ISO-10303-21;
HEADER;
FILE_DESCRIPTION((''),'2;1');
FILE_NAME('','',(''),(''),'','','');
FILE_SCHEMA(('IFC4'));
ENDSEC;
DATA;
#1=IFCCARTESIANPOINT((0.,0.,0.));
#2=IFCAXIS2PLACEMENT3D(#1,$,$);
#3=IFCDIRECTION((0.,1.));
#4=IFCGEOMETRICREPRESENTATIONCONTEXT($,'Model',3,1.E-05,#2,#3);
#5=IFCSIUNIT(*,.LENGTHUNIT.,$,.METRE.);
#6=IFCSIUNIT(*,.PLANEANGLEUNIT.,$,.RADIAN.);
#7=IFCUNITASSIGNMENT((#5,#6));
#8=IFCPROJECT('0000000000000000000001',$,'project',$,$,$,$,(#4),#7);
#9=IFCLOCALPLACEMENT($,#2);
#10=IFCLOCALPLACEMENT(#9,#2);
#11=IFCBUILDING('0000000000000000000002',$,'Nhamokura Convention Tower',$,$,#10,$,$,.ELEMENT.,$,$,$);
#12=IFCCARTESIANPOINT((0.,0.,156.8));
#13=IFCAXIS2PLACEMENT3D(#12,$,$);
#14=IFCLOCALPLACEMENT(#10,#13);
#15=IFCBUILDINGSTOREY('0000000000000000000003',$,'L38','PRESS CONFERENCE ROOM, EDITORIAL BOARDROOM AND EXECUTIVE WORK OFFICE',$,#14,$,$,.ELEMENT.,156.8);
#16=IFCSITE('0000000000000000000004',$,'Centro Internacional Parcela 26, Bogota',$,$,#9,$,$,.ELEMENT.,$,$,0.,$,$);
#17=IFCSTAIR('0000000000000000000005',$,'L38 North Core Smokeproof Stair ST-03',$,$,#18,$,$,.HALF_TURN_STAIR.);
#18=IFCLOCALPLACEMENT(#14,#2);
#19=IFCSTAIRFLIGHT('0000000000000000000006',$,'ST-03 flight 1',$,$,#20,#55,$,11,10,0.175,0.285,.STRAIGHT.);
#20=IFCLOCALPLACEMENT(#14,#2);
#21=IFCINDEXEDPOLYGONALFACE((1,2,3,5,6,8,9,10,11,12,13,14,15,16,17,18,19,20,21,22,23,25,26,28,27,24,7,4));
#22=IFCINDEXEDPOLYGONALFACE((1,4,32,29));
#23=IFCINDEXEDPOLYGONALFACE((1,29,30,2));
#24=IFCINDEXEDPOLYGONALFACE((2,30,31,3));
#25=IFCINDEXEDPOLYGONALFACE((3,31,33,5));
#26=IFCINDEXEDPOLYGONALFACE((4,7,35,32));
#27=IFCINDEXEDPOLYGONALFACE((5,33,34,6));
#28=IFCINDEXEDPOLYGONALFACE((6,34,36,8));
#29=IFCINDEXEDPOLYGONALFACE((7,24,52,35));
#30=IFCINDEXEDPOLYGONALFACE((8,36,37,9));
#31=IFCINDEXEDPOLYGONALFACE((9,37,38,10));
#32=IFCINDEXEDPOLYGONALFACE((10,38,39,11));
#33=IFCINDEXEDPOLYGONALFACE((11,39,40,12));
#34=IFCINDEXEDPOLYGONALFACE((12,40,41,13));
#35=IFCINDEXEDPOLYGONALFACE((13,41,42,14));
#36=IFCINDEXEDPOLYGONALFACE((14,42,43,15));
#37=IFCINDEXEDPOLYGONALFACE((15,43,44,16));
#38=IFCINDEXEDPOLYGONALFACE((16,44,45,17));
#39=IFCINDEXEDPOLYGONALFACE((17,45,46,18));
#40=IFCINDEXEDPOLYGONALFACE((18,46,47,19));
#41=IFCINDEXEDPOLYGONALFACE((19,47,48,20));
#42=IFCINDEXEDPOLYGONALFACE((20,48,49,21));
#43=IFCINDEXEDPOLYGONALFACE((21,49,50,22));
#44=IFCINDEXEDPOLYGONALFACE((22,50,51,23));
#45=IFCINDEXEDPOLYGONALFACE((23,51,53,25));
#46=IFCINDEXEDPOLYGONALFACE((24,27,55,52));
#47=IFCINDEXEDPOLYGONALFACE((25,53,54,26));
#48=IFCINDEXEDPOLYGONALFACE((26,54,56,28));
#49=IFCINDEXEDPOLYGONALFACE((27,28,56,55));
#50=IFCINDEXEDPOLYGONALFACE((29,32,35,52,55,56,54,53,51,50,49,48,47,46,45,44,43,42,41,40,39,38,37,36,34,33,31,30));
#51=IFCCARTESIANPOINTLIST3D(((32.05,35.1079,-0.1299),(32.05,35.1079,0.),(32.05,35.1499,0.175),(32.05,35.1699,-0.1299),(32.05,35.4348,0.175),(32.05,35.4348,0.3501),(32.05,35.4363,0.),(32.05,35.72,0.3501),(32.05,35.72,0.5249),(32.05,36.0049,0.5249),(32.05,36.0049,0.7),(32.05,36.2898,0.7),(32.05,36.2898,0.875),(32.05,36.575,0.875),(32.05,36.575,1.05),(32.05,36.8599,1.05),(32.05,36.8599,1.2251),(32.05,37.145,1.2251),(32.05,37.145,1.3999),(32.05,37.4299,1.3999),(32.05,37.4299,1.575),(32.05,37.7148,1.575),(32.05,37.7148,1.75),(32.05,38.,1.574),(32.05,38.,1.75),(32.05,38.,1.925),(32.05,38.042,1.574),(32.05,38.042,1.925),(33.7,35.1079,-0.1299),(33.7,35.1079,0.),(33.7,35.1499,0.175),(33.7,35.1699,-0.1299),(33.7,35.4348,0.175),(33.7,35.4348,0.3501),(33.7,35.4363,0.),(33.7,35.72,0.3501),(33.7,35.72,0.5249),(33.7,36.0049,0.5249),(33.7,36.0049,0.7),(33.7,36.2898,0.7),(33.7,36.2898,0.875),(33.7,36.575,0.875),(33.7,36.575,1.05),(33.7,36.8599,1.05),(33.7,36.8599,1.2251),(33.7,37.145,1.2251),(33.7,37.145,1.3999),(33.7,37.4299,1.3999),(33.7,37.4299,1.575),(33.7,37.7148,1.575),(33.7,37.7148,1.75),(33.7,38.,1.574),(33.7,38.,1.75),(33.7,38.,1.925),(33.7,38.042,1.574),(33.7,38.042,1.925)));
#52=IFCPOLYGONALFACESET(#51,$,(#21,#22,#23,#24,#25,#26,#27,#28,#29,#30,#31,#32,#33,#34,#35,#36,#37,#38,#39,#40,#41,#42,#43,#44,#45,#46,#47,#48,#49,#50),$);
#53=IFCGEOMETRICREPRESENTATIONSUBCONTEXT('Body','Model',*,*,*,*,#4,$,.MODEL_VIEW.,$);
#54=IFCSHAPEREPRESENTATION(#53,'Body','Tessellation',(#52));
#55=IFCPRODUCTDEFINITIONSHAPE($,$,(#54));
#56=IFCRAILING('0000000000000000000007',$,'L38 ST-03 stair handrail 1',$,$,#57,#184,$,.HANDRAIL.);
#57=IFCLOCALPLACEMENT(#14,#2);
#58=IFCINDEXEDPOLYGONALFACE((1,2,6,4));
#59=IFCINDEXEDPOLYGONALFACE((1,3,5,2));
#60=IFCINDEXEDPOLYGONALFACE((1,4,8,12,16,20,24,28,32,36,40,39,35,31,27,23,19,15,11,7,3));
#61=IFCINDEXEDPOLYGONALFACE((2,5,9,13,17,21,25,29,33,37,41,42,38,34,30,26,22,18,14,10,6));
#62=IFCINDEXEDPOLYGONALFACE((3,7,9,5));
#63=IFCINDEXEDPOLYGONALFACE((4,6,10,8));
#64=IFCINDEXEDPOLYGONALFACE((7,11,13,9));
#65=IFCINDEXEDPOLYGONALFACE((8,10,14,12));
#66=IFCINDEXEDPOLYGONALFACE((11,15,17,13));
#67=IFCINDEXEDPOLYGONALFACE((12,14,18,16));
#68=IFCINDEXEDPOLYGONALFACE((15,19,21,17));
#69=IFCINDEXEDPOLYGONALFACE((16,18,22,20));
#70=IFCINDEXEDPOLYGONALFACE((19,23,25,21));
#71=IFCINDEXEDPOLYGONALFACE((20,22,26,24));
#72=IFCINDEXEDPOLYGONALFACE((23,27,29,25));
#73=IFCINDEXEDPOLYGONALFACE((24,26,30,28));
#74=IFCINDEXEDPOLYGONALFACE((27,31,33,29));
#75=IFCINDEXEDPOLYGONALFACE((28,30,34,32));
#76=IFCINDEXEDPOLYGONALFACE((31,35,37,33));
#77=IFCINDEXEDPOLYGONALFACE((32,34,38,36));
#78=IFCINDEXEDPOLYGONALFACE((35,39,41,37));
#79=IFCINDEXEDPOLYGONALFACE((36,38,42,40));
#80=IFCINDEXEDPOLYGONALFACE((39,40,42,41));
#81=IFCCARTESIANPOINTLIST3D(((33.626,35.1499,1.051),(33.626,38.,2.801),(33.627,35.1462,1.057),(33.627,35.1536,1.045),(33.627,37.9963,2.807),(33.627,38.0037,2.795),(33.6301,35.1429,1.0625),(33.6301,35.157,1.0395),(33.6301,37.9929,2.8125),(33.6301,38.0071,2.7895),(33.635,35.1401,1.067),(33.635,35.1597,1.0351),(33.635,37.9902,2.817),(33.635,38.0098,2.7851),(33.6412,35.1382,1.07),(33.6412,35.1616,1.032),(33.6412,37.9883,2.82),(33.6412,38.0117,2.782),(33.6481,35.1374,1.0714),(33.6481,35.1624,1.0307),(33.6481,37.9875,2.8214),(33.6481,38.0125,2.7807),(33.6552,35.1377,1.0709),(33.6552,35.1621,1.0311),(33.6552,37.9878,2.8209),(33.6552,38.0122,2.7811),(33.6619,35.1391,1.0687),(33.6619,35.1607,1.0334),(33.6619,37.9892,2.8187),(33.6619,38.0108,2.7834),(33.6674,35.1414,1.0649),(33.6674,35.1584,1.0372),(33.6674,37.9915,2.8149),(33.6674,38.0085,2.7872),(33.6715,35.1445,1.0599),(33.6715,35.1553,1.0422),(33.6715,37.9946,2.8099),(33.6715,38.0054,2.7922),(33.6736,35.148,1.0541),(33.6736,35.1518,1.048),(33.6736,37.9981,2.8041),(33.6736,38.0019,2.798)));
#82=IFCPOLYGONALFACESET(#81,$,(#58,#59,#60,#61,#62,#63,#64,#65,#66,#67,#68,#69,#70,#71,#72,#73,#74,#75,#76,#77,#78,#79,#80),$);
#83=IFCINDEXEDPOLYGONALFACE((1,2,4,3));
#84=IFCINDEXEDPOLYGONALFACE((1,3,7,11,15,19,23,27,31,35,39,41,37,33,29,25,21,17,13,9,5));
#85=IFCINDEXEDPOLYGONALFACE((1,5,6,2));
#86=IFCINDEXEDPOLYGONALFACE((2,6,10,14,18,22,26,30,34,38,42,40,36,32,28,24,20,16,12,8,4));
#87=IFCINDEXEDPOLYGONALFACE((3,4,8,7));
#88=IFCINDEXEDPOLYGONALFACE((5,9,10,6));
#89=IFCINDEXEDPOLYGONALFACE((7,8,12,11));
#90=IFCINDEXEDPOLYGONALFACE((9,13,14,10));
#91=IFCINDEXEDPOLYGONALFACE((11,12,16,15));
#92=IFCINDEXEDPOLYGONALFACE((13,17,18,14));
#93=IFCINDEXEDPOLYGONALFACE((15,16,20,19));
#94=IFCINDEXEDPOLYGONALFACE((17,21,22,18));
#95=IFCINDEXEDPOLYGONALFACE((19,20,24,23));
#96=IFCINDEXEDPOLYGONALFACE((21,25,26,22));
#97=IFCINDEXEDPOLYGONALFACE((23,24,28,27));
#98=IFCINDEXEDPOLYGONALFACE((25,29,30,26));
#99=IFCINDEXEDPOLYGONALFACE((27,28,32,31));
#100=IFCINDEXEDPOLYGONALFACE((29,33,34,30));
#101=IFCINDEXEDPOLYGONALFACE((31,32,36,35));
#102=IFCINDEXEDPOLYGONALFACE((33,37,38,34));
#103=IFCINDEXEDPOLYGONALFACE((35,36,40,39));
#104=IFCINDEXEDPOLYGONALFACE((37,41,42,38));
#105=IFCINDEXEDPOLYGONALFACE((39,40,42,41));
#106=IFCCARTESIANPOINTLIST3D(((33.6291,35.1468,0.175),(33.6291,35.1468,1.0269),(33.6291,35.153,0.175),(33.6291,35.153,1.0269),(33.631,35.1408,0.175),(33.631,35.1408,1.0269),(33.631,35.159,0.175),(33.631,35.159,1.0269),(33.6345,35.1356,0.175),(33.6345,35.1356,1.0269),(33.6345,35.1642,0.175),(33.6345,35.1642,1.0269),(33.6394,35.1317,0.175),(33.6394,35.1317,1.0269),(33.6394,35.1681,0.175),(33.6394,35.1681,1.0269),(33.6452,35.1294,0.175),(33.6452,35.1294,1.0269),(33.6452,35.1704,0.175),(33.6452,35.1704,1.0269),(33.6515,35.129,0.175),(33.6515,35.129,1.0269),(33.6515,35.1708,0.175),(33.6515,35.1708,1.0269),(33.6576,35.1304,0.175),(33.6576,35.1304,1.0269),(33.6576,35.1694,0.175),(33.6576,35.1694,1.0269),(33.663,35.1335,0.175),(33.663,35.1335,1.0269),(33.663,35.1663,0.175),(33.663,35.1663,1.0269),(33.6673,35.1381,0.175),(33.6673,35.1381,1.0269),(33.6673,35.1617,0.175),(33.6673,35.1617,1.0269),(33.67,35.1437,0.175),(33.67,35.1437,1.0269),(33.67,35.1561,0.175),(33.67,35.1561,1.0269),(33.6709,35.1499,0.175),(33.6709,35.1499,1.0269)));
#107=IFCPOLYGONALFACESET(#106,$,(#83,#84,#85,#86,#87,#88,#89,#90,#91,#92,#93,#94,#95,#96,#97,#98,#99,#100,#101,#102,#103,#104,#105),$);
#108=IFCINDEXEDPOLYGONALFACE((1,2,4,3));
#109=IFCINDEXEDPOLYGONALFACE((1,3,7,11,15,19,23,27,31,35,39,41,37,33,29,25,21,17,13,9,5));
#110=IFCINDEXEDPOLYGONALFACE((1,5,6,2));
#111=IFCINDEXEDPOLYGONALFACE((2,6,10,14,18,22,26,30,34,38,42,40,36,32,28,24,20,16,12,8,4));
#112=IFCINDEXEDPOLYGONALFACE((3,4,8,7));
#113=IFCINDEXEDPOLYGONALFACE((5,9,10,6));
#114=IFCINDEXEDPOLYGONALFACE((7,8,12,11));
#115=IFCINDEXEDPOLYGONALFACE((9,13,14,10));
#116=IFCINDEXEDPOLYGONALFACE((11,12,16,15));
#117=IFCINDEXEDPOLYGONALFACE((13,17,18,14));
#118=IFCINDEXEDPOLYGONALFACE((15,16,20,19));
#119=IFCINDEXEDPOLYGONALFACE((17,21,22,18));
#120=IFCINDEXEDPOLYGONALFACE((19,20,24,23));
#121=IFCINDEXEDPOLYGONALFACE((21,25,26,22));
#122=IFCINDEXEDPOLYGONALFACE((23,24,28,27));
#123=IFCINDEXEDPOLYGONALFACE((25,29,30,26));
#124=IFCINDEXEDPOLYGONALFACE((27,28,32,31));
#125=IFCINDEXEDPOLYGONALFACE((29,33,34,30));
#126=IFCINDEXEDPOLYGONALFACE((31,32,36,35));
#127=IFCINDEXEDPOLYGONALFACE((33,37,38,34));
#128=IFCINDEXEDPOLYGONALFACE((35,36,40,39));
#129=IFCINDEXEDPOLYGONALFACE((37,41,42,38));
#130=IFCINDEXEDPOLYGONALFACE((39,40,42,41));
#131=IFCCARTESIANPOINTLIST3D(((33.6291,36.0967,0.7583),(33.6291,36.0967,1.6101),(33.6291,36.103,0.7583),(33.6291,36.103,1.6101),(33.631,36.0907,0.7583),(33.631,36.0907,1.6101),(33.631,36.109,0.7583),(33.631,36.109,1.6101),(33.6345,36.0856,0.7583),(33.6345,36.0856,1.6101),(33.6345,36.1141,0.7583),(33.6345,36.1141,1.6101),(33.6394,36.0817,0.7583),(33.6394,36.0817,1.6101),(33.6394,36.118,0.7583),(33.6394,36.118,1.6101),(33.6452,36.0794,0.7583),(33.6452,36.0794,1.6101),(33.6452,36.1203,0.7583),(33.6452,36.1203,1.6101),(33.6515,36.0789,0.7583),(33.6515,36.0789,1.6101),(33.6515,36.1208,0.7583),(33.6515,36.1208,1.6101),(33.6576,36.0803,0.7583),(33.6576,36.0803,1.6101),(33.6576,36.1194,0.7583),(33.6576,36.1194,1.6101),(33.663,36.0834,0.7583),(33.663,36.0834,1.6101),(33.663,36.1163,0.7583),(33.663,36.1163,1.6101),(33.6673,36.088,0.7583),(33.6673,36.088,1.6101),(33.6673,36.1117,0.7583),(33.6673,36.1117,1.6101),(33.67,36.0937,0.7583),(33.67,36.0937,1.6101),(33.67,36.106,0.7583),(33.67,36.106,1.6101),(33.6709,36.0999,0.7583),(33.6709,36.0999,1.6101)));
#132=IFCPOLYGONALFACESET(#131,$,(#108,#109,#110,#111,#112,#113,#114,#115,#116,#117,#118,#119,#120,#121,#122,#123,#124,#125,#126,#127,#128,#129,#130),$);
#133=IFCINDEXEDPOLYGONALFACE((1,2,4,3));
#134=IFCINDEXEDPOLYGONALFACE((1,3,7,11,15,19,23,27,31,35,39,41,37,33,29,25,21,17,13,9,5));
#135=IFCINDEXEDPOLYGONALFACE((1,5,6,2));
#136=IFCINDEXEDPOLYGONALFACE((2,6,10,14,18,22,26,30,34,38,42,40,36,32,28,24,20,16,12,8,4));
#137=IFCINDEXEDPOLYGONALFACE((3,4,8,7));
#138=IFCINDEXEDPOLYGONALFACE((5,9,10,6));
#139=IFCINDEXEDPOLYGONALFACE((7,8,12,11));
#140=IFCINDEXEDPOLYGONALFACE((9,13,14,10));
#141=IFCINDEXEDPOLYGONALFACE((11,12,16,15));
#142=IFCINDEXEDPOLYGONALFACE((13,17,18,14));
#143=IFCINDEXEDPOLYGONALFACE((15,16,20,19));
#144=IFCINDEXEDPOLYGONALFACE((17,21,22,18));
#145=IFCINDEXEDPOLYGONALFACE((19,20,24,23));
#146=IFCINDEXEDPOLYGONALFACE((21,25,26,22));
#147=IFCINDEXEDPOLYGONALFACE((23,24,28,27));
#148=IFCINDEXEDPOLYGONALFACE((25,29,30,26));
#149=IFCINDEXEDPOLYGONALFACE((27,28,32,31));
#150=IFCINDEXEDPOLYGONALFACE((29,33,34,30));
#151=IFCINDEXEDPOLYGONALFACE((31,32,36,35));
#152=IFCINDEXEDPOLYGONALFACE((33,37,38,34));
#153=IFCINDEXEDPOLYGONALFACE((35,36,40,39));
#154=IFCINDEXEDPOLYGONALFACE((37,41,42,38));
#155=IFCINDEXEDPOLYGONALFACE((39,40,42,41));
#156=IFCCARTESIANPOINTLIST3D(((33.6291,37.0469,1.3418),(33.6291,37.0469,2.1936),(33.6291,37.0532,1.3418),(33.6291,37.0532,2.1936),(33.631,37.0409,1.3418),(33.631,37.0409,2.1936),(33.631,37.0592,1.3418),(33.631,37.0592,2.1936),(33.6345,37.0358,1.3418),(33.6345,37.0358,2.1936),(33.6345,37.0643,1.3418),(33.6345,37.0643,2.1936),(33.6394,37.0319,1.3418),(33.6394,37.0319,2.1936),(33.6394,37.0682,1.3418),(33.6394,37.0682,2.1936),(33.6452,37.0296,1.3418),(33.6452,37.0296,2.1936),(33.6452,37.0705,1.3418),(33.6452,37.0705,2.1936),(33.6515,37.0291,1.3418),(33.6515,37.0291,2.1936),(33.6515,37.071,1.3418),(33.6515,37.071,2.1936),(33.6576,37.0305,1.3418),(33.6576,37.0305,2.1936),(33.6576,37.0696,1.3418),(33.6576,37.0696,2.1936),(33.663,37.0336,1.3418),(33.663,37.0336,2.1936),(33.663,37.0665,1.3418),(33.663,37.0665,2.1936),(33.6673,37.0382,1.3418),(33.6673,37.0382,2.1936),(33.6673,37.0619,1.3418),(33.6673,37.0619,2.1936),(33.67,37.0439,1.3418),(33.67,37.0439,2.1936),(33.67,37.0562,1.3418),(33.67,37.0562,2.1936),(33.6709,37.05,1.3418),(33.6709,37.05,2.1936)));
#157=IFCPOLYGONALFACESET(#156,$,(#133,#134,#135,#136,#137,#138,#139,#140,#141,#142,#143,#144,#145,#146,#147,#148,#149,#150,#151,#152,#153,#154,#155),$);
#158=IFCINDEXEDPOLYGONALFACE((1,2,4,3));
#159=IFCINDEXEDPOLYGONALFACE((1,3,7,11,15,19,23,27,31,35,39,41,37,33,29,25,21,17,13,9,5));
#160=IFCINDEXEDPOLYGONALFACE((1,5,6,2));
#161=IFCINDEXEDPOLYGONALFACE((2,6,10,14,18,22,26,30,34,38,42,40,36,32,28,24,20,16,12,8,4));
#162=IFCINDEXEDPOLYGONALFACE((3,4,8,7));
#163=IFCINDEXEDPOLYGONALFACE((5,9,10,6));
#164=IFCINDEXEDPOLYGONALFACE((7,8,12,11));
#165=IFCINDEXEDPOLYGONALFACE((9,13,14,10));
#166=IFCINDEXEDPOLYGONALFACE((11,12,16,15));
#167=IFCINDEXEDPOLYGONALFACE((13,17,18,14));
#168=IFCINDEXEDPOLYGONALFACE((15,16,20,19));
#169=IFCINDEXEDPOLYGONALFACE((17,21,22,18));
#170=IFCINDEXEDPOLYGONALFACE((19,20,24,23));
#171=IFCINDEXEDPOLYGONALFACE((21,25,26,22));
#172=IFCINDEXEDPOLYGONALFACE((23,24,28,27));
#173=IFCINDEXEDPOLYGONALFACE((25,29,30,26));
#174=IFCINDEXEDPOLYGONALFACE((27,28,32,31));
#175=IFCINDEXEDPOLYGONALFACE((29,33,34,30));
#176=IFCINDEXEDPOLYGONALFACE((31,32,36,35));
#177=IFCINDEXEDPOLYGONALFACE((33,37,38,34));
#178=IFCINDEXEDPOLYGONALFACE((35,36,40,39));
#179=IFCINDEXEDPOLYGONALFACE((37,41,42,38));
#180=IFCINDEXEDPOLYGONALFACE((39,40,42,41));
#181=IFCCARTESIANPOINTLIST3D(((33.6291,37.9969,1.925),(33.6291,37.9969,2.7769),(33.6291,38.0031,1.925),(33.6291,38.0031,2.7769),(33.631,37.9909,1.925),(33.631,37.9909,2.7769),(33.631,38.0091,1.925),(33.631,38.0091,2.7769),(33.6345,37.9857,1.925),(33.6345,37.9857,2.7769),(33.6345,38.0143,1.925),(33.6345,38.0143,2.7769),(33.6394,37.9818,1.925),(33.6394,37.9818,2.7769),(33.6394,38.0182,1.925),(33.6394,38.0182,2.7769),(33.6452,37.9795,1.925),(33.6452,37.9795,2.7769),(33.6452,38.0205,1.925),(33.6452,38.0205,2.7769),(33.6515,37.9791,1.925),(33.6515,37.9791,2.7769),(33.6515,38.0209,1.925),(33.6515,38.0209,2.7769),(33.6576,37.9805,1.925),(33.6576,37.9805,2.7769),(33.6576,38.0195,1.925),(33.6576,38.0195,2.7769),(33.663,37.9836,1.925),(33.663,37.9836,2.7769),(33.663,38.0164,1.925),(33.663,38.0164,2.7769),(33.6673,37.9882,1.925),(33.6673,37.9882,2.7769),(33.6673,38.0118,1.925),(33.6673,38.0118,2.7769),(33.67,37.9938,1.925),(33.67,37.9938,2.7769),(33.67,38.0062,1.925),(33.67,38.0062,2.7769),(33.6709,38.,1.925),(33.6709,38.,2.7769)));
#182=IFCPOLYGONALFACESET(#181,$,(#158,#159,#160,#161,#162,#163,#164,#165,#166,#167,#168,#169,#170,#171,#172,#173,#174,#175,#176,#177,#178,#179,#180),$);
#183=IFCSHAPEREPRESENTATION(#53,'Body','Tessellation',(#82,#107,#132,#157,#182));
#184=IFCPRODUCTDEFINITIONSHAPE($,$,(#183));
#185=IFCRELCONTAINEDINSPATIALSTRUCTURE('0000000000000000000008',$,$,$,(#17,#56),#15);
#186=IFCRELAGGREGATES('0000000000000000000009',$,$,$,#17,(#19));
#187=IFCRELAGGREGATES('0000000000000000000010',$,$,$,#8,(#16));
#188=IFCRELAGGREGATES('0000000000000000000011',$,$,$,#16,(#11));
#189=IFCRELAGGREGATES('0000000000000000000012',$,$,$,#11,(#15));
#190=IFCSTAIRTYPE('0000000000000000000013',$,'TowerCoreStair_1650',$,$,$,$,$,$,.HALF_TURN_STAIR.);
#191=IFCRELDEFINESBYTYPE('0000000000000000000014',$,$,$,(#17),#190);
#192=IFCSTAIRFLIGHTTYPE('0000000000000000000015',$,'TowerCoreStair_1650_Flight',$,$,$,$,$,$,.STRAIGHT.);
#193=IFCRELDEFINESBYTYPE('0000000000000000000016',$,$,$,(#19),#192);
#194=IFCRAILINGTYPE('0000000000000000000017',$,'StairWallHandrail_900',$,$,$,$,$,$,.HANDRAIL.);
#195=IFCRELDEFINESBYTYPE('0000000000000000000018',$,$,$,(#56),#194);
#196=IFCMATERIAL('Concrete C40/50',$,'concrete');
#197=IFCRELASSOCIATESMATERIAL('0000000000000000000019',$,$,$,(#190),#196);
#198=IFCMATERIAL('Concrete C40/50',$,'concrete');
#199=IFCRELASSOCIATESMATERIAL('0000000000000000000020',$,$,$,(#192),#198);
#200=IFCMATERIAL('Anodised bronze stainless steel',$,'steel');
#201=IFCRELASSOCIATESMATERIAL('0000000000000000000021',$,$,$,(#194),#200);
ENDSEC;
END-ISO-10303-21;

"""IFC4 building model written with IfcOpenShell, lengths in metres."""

from ifc_helpers import new_model, si_unit, direction, frame, origin, origin_2d, place, context, subcontext, project, spatial, polyline, circle, outline, extrude, material, type_object, element, aggregate, save


model = new_model("IFC4")

# Units and contexts
model_context = context("Model", 3, precision=1e-05, world=origin(), true_north=direction((0.0, 1.0)))
body_context = subcontext(model_context, "Body", "Model", "MODEL_VIEW")
ifc_project = project(units=[si_unit("LENGTHUNIT", "METRE"), si_unit("PLANEANGLEUNIT", "RADIAN")], contexts=[model_context])

# Site, building, storey
site_placement = place(None, origin())
site = spatial("IfcSite", under=ifc_project, at=site_placement, Name="Centro Internacional Parcela 26, Bogota", CompositionType="ELEMENT", RefElevation=0.0)
building_placement = place(site_placement, origin())
building = spatial("IfcBuilding", under=site, at=building_placement, Name="Nhamokura Convention Tower", CompositionType="ELEMENT")
storey_placement = place(building_placement, frame((0.0, 0.0, 156.8)))
storey = spatial("IfcBuildingStorey", under=building, at=storey_placement, Name="L38", Description="PRESS CONFERENCE ROOM, EDITORIAL BOARDROOM AND EXECUTIVE WORK OFFICE", CompositionType="ELEMENT", Elevation=156.8)

# Stair, stair flight
ifc_material_1 = material(Name="Concrete C40/50", Category="concrete")
stair_type = type_object("IfcStairType", Name="TowerCoreStair_1650", PredefinedType="HALF_TURN_STAIR", material=ifc_material_1)
stair_placement = place(storey_placement, origin())
stair = element("IfcStair", 1, at=stair_placement, inside=storey, type_object=stair_type, Name="L38 North Core Smokeproof Stair ST-03", PredefinedType="HALF_TURN_STAIR")
ifc_material_2 = material(Name="Concrete C40/50", Category="concrete")
stair_flight_type = type_object("IfcStairFlightType", Name="TowerCoreStair_1650_Flight", PredefinedType="STRAIGHT", material=ifc_material_2)
stair_flight_placement = place(storey_placement, frame((32.875, 35.1499, 0.0), z_axis=(0.0, 0.0, 1.0), x_axis=(0.0, 1.0, 0.0)))
stair_flight = element("IfcStairFlight", 2, at=stair_flight_placement, type_object=stair_flight_type, Name="ST-03 flight 1", NumberOfRisers=11, NumberOfTreads=10, PredefinedType="STRAIGHT", RiserHeight=0.175, TreadLength=0.285, context=body_context, shape_type="SweptSolid", body=[
    extrude(outline(polyline([(-0.042, 0.0), (0.0, 0.175), (0.2849, 0.175), (0.2849, 0.3501), (0.5701, 0.3501), (0.5701, 0.5249), (0.855, 0.5249), (0.855, 0.7), (1.1399, 0.7), (1.1399, 0.875), (1.425, 0.875), (1.425, 1.05), (1.71, 1.05), (1.71, 1.2251), (1.9951, 1.2251), (1.9951, 1.3999), (2.28, 1.3999), (2.28, 1.575), (2.5649, 1.575), (2.5649, 1.75), (2.8501, 1.75), (2.8501, 1.925), (2.8921, 1.925), (2.8921, 1.574), (2.8501, 1.574), (0.2864, 0.0), (0.02, -0.1299), (-0.042, -0.1299), (-0.042, 0.0)])), frame((0.0, 0.825, 0.0), z_axis=(0.0, -1.0, 0.0), x_axis=(1.0, 0.0, 0.0)), (0.0, 0.0, 1.0), 1.6499),
])
aggregate(stair, [stair_flight])

# Railing
ifc_material_3 = material(Name="Anodised bronze stainless steel", Category="steel")
railing_type_1 = type_object("IfcRailingType", Name="StairWallHandrail_900", PredefinedType="HANDRAIL", material=ifc_material_3)
railing_1_placement = place(storey_placement, frame((33.6499, 35.1499, 0.175)))
element("IfcRailing", 3, at=railing_1_placement, inside=storey, type_object=railing_type_1, Name="L38 ST-03 stair handrail 1", PredefinedType="HANDRAIL", context=body_context, shape_type="SweptSolid", body=[
    extrude(circle(Radius=0.0239, at=origin_2d()), frame((0.0, 0.0, 0.876), z_axis=(0.0, 0.852179, 0.52325), x_axis=(-1.0, 0.0, 0.0)), (0.0, 0.0, 1.0), 3.3445),
    extrude(circle(Radius=0.021, at=origin_2d()), origin(), (0.0, 0.0, 1.0), 0.8518),
    extrude(circle(Radius=0.021, at=origin_2d()), frame((0.0, 0.95, 0.5833)), (0.0, 0.0, 1.0), 0.8518),
    extrude(circle(Radius=0.021, at=origin_2d()), frame((0.0, 1.9001, 1.1667)), (0.0, 0.0, 1.0), 0.8518),
    extrude(circle(Radius=0.021, at=origin_2d()), frame((0.0, 2.8501, 1.75)), (0.0, 0.0, 1.0), 0.8518),
])

save(model, "model.ifc")
